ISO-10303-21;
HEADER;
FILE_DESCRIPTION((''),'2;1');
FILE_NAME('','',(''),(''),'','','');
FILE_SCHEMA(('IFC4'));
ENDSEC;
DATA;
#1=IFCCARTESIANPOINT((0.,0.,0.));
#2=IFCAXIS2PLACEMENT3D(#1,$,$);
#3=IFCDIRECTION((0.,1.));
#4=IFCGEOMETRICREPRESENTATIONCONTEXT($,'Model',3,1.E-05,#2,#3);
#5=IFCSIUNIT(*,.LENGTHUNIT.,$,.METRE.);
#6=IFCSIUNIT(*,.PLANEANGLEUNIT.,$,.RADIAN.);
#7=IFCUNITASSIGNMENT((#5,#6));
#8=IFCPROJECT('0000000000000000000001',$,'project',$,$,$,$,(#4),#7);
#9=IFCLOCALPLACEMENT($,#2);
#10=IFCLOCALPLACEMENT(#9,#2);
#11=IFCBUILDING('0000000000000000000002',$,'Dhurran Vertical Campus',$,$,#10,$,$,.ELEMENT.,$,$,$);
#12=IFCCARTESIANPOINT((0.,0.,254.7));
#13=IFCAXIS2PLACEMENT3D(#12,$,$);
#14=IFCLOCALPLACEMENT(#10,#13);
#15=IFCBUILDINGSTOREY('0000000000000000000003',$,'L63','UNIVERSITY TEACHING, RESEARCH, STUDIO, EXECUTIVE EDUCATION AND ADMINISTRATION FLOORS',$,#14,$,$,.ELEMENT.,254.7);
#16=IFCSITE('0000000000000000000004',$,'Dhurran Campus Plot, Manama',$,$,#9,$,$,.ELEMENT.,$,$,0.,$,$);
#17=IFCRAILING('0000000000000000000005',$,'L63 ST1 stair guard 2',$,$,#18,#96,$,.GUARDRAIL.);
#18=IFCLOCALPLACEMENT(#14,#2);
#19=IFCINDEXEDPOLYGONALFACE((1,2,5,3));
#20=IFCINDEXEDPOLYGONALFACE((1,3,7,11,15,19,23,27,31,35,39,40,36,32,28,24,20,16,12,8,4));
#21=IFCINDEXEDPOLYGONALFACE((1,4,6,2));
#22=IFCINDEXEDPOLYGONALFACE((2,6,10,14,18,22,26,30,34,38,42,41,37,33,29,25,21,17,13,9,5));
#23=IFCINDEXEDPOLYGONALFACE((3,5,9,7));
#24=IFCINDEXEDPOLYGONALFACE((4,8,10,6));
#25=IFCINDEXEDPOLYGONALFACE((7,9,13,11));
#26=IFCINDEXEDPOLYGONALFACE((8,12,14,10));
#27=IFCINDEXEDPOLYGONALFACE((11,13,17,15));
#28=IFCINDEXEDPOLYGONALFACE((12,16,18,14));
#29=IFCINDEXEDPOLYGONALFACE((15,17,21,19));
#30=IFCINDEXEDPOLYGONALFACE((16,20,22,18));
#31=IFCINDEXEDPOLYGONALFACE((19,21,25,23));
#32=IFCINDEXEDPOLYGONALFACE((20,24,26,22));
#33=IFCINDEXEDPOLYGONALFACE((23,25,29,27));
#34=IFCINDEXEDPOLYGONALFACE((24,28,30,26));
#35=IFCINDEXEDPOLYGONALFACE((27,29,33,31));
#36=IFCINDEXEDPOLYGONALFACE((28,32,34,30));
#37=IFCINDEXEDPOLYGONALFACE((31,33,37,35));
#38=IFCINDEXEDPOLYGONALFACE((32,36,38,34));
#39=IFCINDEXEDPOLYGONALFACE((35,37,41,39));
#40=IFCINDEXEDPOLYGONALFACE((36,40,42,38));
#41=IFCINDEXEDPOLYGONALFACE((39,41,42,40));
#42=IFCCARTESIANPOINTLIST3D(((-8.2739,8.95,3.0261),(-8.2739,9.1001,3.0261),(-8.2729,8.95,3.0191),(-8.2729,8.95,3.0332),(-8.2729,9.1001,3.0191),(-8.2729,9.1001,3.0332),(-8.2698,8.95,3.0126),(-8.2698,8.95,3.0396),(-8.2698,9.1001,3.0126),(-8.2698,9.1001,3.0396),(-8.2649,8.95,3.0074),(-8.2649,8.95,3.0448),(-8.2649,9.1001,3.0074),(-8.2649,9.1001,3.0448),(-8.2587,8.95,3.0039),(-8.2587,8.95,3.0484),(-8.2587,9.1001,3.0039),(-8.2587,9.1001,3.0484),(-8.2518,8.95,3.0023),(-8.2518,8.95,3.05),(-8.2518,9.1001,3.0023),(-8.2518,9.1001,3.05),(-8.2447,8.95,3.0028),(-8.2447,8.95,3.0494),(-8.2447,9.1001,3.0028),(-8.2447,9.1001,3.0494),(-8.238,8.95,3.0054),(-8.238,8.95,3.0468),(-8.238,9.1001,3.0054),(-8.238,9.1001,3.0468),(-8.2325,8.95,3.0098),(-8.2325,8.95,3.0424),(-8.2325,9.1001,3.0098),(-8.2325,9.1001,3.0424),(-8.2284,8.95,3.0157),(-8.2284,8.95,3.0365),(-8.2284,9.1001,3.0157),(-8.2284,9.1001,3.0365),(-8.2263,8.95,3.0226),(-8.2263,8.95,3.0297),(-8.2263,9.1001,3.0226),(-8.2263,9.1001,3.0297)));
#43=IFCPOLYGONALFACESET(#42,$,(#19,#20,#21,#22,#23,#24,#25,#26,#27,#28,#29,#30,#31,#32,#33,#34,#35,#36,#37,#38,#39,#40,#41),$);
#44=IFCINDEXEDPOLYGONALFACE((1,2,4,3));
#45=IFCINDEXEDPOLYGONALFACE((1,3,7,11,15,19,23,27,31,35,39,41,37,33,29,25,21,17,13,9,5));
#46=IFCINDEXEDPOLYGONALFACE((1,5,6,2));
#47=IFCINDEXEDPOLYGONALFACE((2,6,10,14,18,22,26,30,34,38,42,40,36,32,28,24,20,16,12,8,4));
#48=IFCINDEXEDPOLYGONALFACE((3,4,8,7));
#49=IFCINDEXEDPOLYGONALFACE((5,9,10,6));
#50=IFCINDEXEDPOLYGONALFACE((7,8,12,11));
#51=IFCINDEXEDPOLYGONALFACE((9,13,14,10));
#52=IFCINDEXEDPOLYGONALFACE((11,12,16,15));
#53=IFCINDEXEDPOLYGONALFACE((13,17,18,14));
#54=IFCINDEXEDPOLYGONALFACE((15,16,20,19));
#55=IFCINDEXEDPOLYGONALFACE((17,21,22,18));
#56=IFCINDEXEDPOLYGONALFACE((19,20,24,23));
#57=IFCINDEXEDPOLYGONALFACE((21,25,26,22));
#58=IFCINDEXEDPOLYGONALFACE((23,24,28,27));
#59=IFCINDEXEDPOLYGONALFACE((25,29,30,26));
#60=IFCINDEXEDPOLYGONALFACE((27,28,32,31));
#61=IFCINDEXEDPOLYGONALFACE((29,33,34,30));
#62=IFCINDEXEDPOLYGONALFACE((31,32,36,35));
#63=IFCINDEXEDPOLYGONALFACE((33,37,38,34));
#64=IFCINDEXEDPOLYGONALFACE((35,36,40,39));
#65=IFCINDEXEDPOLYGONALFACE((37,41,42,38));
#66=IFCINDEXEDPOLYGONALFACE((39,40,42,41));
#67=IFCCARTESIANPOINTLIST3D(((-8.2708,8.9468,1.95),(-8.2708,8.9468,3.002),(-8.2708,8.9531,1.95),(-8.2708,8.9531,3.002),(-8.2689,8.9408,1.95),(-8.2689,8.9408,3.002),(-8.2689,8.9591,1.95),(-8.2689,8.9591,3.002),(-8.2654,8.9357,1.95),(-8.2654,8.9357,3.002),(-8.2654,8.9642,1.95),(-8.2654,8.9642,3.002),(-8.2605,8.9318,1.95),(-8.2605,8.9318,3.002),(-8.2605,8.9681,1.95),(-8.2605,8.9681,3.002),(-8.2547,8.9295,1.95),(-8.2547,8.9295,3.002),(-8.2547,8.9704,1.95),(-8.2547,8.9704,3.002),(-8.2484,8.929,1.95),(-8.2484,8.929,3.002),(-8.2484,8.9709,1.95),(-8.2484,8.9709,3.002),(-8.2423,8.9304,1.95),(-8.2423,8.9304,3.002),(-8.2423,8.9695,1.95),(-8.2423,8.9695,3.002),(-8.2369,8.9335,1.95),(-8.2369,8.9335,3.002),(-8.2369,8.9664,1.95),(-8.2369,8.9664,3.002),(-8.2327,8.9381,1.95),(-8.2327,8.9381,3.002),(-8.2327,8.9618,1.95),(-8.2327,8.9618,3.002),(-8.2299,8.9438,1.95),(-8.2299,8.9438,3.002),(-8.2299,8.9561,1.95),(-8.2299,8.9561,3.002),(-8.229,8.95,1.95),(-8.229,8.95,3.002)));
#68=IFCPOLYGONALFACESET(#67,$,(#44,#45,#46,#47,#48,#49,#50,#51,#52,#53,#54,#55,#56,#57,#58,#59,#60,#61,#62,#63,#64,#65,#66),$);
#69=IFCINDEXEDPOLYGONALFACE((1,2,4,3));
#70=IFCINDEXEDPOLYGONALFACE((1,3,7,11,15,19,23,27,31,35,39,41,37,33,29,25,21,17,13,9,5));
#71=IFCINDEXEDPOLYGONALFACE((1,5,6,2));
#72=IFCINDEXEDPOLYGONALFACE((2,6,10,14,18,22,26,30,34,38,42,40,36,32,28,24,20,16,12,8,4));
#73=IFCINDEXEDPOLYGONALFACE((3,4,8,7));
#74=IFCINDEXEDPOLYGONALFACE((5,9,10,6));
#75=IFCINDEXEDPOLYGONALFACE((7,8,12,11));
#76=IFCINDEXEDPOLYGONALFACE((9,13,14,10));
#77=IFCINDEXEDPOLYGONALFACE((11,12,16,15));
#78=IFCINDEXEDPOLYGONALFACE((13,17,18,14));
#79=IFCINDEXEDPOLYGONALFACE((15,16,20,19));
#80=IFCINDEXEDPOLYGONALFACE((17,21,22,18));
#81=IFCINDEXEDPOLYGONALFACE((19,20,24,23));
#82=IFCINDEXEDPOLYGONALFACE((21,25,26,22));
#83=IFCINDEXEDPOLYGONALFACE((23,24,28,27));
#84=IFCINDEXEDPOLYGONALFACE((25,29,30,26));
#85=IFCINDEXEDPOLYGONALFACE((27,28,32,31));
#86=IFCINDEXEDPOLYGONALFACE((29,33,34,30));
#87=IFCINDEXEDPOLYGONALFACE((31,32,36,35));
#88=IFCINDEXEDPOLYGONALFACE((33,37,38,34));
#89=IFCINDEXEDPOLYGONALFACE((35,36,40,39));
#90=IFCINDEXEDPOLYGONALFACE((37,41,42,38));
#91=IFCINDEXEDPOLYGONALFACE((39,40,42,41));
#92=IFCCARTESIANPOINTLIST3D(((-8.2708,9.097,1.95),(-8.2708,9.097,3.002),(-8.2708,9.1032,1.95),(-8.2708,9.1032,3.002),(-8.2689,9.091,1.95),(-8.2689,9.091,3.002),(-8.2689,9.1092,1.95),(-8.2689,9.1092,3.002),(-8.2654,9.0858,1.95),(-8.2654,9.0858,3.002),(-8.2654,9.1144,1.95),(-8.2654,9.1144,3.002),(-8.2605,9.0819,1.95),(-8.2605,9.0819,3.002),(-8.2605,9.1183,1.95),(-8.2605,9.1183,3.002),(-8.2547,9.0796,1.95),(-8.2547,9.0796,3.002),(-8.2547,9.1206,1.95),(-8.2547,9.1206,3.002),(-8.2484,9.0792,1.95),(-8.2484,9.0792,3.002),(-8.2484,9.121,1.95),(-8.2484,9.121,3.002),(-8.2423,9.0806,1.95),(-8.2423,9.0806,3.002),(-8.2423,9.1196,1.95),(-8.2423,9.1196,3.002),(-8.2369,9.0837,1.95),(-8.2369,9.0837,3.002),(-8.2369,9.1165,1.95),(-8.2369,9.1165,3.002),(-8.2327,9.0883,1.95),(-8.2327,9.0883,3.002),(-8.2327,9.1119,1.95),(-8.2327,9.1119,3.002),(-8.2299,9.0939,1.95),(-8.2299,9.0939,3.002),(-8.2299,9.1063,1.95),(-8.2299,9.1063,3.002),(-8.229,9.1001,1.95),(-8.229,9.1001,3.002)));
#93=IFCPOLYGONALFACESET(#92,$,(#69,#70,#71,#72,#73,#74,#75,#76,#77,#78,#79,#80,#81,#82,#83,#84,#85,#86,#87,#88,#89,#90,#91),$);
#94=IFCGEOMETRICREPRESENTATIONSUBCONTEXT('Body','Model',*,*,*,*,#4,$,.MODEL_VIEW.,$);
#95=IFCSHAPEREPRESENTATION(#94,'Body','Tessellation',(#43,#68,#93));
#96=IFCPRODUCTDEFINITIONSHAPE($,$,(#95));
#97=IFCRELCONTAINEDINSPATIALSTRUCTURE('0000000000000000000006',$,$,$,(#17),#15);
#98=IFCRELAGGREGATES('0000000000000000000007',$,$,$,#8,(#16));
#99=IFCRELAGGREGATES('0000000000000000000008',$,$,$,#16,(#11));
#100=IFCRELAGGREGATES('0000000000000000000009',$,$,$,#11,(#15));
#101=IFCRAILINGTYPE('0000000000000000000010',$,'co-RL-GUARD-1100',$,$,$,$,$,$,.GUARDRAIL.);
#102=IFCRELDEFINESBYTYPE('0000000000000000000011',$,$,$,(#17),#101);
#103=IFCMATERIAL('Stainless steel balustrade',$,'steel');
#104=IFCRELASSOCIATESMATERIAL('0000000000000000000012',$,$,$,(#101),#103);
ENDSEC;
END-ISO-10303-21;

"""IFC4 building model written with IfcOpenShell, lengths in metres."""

from ifc_helpers import new_model, si_unit, direction, frame, origin, origin_2d, place, context, subcontext, project, spatial, circle, extrude, material, type_object, element, save


model = new_model("IFC4")

# Units and contexts
model_context = context("Model", 3, precision=1e-05, world=origin(), true_north=direction((0.0, 1.0)))
body_context = subcontext(model_context, "Body", "Model", "MODEL_VIEW")
ifc_project = project(units=[si_unit("LENGTHUNIT", "METRE"), si_unit("PLANEANGLEUNIT", "RADIAN")], contexts=[model_context])

# Site, building, storey
site_placement = place(None, origin())
site = spatial("IfcSite", under=ifc_project, at=site_placement, Name="Dhurran Campus Plot, Manama", CompositionType="ELEMENT", RefElevation=0.0)
building_placement = place(site_placement, origin())
building = spatial("IfcBuilding", under=site, at=building_placement, Name="Dhurran Vertical Campus", CompositionType="ELEMENT")
storey_placement = place(building_placement, frame((0.0, 0.0, 254.7)))
storey = spatial("IfcBuildingStorey", under=building, at=storey_placement, Name="L63", Description="UNIVERSITY TEACHING, RESEARCH, STUDIO, EXECUTIVE EDUCATION AND ADMINISTRATION FLOORS", CompositionType="ELEMENT", Elevation=254.7)

# Railing
ifc_material_1 = material(Name="Stainless steel balustrade", Category="steel")
railing_type_1 = type_object("IfcRailingType", Name="co-RL-GUARD-1100", PredefinedType="GUARDRAIL", material=ifc_material_1)
railing_1_placement = place(storey_placement, frame((-8.25, 8.95, 1.95)))
element("IfcRailing", 1, at=railing_1_placement, inside=storey, type_object=railing_type_1, Name="L63 ST1 stair guard 2", PredefinedType="GUARDRAIL", context=body_context, shape_type="SweptSolid", body=[
    extrude(circle(Radius=0.0239, at=origin_2d()), frame((0.0, 0.0, 1.0762), z_axis=(0.0, 1.0, 0.0), x_axis=(-1.0, 0.0, 0.0)), (0.0, 0.0, 1.0), 0.1501),
    extrude(circle(Radius=0.021, at=origin_2d()), origin(), (0.0, 0.0, 1.0), 1.052),
    extrude(circle(Radius=0.021, at=origin_2d()), frame((0.0, 0.1501, 0.0)), (0.0, 0.0, 1.0), 1.052),
])

save(model, "model.ifc")
